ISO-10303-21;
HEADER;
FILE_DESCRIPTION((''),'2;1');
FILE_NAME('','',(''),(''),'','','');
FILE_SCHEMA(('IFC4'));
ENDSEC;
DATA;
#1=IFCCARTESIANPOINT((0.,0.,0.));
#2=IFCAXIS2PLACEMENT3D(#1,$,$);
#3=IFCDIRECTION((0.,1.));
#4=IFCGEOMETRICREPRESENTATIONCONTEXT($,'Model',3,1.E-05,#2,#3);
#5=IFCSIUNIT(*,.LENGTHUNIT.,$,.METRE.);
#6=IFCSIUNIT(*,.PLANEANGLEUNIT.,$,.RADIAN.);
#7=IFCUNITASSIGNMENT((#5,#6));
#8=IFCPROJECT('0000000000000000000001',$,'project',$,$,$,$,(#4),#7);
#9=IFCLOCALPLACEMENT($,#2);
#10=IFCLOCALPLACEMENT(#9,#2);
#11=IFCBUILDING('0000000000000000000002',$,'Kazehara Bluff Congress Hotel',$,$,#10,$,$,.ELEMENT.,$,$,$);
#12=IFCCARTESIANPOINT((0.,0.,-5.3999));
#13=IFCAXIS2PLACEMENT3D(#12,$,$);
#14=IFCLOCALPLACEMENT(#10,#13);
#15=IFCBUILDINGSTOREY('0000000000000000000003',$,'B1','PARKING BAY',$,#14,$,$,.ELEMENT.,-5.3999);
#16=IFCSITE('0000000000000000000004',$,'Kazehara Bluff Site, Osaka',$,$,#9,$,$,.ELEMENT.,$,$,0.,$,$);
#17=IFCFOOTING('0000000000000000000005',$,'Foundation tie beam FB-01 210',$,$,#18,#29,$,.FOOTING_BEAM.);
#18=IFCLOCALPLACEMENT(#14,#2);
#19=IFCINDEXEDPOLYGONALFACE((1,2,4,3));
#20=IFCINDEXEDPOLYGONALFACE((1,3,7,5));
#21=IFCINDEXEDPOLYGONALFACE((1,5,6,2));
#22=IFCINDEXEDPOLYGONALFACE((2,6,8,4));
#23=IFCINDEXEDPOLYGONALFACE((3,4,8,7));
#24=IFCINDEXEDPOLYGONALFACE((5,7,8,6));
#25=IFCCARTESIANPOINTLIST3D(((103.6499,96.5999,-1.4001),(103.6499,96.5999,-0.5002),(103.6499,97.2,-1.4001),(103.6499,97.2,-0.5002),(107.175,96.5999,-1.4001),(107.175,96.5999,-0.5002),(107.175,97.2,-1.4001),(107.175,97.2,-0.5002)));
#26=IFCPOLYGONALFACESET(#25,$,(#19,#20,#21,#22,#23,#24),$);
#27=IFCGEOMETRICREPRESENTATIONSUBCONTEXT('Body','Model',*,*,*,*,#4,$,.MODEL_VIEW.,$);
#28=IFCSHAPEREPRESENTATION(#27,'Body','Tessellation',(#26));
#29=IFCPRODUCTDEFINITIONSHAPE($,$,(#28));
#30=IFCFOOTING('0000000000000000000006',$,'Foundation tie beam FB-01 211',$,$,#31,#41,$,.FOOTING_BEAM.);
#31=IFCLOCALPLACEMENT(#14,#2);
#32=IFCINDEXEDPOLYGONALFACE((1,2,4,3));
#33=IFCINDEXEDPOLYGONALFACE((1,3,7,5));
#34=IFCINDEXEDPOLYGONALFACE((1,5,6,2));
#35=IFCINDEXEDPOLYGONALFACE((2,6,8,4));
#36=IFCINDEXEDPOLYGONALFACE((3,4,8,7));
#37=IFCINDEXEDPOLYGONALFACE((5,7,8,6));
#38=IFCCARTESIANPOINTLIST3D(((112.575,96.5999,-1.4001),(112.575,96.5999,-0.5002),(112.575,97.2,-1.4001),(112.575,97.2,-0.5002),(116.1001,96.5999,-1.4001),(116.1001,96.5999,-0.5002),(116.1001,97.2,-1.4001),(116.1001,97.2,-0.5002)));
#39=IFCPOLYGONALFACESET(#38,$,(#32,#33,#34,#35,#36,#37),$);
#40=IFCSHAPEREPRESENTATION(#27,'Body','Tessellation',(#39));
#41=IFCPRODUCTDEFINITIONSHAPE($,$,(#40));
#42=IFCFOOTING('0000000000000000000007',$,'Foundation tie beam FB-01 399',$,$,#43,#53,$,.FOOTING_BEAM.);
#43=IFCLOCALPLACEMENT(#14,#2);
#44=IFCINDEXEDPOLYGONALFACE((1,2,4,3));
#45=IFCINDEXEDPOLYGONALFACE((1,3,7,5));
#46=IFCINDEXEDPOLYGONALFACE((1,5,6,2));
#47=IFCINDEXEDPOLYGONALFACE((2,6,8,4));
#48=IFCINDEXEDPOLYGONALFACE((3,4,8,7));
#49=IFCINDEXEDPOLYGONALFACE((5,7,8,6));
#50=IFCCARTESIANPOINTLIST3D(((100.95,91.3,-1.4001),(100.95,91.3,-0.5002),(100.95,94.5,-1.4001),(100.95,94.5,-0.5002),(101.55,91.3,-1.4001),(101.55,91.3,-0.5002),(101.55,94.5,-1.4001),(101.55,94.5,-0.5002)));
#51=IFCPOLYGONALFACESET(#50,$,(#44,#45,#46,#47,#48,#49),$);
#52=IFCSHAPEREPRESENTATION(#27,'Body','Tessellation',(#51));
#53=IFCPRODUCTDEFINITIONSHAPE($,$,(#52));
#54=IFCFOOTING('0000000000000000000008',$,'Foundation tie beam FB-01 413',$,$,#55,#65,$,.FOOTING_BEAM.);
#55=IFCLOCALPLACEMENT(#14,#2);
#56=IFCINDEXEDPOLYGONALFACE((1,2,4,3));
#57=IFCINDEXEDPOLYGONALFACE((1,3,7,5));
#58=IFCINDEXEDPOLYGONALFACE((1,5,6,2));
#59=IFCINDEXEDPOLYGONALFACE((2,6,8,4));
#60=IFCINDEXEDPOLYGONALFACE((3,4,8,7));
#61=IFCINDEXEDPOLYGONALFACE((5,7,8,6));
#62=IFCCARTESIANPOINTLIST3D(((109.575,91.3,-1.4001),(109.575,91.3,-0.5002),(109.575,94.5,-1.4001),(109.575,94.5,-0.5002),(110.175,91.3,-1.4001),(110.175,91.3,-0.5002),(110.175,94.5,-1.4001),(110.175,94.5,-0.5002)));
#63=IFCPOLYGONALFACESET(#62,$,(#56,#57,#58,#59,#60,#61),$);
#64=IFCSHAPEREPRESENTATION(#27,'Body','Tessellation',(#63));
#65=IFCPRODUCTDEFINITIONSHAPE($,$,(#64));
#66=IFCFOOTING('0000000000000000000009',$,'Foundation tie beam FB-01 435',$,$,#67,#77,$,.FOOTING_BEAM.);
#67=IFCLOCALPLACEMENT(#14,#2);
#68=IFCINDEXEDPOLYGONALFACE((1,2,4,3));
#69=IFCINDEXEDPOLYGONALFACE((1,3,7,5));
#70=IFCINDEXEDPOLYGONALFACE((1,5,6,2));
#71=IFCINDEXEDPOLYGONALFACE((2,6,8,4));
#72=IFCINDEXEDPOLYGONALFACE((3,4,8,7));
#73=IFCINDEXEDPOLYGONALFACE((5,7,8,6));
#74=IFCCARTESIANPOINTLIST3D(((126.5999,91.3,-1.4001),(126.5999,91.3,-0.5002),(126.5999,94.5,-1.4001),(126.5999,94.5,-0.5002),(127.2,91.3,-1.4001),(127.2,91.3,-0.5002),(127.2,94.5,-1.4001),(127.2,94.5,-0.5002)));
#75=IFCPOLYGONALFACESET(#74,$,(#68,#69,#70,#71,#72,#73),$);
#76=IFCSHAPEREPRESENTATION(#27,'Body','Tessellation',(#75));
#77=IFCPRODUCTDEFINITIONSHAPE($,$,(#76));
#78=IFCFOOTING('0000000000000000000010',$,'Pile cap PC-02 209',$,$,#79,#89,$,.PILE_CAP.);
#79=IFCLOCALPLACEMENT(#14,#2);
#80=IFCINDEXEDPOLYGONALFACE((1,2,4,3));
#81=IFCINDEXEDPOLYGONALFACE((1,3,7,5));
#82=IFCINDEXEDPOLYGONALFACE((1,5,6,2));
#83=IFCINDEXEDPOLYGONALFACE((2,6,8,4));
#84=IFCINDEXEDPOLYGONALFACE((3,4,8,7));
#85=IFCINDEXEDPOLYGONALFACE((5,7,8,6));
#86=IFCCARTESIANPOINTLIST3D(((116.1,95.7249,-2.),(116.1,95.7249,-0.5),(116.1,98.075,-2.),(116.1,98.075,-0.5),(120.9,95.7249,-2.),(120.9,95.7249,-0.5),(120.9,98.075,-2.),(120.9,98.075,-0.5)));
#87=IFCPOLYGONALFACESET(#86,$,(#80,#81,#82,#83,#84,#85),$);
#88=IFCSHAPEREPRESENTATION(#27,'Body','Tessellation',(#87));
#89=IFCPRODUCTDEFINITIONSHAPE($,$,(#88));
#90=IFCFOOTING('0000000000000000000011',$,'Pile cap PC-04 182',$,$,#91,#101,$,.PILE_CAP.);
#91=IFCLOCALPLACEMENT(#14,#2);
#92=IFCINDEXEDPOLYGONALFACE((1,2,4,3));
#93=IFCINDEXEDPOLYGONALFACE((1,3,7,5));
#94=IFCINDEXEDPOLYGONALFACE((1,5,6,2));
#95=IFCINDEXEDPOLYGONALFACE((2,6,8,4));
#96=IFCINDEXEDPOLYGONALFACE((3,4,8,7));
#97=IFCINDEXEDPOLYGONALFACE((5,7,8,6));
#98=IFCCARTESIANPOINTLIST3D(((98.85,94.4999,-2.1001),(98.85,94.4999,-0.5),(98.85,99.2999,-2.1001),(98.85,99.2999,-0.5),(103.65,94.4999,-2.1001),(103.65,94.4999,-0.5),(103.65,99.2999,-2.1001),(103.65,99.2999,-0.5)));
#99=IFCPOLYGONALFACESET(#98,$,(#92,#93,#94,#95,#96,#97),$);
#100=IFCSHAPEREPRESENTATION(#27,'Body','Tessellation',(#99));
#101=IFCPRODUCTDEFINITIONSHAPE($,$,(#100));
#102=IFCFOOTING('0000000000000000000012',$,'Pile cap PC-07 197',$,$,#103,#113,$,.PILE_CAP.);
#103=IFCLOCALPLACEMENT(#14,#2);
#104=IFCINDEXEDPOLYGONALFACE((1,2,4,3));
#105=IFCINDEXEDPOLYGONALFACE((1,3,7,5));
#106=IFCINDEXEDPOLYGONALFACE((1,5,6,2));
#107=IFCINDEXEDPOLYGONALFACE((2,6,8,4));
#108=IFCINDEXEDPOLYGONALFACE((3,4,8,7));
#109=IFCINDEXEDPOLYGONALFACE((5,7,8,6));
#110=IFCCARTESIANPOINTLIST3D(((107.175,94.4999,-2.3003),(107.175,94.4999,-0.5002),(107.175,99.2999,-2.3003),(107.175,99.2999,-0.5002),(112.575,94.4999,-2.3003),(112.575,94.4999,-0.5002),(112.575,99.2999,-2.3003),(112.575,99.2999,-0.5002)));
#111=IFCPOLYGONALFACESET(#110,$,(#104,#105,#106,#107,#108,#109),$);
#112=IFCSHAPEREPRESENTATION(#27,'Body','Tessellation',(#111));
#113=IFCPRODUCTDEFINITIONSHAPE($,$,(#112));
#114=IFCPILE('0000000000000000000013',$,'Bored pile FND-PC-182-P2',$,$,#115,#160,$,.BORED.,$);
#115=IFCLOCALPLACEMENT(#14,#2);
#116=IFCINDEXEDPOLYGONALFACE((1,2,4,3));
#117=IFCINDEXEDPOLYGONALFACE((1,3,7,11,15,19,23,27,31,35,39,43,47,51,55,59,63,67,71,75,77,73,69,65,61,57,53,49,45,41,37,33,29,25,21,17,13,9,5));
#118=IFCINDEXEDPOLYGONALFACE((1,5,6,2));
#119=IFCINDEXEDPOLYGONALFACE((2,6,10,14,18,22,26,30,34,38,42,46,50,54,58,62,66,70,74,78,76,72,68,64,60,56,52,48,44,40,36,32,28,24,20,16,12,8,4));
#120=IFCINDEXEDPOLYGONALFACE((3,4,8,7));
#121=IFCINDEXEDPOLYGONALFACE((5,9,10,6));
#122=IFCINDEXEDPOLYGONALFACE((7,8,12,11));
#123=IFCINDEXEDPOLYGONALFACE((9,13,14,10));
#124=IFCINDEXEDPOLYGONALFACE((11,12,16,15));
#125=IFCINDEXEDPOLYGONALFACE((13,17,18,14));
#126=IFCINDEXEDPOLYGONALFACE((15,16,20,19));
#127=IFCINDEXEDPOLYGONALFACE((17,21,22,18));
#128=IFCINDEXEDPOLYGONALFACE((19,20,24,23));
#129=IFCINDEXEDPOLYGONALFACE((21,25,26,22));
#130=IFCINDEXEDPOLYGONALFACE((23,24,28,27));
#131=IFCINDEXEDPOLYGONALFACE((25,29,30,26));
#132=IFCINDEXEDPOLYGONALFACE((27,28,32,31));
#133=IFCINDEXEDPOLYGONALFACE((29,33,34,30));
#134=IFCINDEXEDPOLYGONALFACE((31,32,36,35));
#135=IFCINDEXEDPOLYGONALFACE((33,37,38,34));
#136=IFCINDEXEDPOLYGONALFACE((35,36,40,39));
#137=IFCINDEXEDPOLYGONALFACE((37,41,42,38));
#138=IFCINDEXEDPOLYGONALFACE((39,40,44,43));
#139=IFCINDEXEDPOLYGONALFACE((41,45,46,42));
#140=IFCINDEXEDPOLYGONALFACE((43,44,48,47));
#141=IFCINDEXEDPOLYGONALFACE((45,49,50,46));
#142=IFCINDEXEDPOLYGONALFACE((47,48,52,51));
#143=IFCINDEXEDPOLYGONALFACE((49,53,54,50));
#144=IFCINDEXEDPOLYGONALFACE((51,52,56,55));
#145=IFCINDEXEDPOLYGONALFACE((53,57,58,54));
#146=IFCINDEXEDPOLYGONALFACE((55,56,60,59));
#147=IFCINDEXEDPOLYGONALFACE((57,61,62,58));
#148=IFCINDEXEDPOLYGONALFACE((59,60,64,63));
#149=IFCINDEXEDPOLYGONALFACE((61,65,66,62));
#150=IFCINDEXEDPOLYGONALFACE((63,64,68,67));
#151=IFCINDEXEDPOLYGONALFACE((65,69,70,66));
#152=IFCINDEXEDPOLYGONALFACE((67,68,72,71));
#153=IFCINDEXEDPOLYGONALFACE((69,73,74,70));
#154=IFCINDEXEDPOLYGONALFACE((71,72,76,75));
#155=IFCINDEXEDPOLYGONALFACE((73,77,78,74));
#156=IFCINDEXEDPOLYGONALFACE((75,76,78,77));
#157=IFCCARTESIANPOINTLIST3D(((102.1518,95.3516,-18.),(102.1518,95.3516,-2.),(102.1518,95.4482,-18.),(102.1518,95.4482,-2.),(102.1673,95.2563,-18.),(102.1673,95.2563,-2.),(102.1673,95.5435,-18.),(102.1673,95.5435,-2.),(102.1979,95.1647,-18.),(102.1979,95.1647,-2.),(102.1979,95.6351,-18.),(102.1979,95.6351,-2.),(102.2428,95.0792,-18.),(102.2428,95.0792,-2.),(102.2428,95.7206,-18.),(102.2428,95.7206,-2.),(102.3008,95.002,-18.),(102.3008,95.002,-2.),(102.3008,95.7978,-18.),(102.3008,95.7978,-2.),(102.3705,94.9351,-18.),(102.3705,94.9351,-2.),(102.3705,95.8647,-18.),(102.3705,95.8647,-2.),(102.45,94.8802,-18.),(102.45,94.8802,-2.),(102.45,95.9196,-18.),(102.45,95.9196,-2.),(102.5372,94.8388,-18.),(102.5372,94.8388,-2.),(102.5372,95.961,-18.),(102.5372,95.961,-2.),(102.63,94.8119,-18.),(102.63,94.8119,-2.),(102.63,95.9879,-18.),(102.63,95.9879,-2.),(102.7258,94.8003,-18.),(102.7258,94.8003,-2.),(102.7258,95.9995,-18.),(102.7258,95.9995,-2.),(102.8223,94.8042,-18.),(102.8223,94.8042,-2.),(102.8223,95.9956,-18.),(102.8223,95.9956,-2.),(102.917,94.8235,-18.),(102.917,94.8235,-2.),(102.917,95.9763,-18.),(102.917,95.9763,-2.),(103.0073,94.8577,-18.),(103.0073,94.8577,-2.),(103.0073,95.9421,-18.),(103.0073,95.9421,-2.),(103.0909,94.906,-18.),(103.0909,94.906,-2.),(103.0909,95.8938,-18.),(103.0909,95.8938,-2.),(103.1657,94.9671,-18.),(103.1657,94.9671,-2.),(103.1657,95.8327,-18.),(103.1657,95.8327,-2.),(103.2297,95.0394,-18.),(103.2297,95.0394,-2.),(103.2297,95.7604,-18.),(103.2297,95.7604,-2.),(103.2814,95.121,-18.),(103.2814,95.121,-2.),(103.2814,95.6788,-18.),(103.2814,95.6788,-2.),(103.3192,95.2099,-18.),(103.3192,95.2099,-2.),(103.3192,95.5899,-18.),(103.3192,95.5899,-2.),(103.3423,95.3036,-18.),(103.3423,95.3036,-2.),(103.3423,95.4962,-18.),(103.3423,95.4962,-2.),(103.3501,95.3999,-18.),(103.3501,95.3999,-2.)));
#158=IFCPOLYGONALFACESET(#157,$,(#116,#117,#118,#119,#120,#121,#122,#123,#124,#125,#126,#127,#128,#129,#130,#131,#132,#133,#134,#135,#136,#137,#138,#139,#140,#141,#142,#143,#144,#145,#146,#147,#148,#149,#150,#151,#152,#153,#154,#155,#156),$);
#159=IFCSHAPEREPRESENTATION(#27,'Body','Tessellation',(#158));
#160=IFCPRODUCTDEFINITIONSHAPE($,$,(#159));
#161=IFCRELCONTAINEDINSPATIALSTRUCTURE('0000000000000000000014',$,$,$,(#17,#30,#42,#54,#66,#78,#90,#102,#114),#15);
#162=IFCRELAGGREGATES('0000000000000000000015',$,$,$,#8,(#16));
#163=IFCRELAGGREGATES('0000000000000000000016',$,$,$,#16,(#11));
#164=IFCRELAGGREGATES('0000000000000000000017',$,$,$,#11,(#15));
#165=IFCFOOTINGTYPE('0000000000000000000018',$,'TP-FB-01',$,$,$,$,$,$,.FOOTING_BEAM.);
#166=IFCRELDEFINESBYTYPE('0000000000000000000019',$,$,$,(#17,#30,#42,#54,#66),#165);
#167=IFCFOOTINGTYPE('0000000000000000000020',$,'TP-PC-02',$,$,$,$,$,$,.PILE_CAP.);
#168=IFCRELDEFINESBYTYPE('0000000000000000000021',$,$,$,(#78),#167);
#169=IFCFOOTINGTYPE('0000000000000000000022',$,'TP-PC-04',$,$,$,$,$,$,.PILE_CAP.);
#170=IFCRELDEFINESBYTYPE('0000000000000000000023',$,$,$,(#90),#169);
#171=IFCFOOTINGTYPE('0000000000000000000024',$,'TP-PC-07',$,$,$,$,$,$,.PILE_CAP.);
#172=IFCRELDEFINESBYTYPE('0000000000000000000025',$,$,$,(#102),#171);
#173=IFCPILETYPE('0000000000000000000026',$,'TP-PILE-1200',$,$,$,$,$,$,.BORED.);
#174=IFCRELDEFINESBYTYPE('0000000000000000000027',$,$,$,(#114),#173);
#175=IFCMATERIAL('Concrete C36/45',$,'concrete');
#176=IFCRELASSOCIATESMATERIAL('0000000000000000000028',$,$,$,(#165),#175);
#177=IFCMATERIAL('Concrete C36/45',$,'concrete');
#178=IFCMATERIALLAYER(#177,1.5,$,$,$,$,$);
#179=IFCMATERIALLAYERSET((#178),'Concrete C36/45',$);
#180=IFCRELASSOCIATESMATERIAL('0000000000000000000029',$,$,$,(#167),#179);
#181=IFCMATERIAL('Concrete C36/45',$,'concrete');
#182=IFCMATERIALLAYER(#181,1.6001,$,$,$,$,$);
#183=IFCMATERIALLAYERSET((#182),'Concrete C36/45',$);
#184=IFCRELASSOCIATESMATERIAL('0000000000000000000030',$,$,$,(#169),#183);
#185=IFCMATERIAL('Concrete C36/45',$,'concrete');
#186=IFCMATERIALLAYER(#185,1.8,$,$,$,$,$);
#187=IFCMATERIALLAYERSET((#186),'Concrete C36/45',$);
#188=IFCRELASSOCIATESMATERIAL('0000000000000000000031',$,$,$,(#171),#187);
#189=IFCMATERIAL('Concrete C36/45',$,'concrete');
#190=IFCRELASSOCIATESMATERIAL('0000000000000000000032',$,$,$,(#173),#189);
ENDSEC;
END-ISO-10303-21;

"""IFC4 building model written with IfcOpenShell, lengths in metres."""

from ifc_helpers import new_model, si_unit, direction, frame, origin, origin_2d, place, context, subcontext, project, spatial, rectangle, circle, extrude, material, layer, layer_set, material_profile, profile_set, type_object, element, save


model = new_model("IFC4")

# Units and contexts
model_context = context("Model", 3, precision=1e-05, world=origin(), true_north=direction((0.0, 1.0)))
body_context = subcontext(model_context, "Body", "Model", "MODEL_VIEW")
ifc_project = project(units=[si_unit("LENGTHUNIT", "METRE"), si_unit("PLANEANGLEUNIT", "RADIAN")], contexts=[model_context])

# Site, building, storey
site_placement = place(None, origin())
site = spatial("IfcSite", under=ifc_project, at=site_placement, Name="Kazehara Bluff Site, Osaka", CompositionType="ELEMENT", RefElevation=0.0)
building_placement = place(site_placement, origin())
building = spatial("IfcBuilding", under=site, at=building_placement, Name="Kazehara Bluff Congress Hotel", CompositionType="ELEMENT")
storey_placement = place(building_placement, frame((0.0, 0.0, -5.3999)))
storey = spatial("IfcBuildingStorey", under=building, at=storey_placement, Name="B1", Description="PARKING BAY", CompositionType="ELEMENT", Elevation=-5.3999)

# Footings
ifc_material_1 = material(Name="Concrete C36/45", Category="concrete")
ifc_material_profile_1 = material_profile(ifc_material_1, rectangle(XDim=0.6001, YDim=0.8999, at=origin_2d()))
ifc_profile_set_1 = profile_set([ifc_material_profile_1], Name="Concrete C36/45")
footing_type_1 = type_object("IfcFootingType", Name="TP-FB-01", PredefinedType="FOOTING_BEAM", material=ifc_profile_set_1)
for number, where, z_axis, x_axis, name in (
    (1, (103.6499, 96.8999, -0.9502), (1.0, 0.0, 0.0), (0.0, 1.0, 0.0), "Foundation tie beam FB-01 210"),
    (2, (112.575, 96.8999, -0.9502), (1.0, 0.0, 0.0), (0.0, 1.0, 0.0), "Foundation tie beam FB-01 211"),
):
    element("IfcFooting", number, at=place(storey_placement, frame(where, z_axis=z_axis, x_axis=x_axis)), inside=storey, type_object=footing_type_1, Name=name, PredefinedType="FOOTING_BEAM", context=body_context, shape_type="SweptSolid", body=[
        extrude(rectangle(XDim=0.6001, YDim=0.8999, at=origin_2d()), origin(), (0.0, 0.0, 1.0), 3.5251),
    ])
for number, where, z_axis, x_axis, name in (
    (3, (101.25, 91.3, -0.9502), (0.0, 1.0, 0.0), (-1.0, 0.0, 0.0), "Foundation tie beam FB-01 399"),
    (4, (109.875, 91.3, -0.9502), (0.0, 1.0, 0.0), (-1.0, 0.0, 0.0), "Foundation tie beam FB-01 413"),
    (5, (126.8999, 91.3, -0.9502), (0.0, 1.0, 0.0), (-1.0, 0.0, 0.0), "Foundation tie beam FB-01 435"),
):
    element("IfcFooting", number, at=place(storey_placement, frame(where, z_axis=z_axis, x_axis=x_axis)), inside=storey, type_object=footing_type_1, Name=name, PredefinedType="FOOTING_BEAM", context=body_context, shape_type="SweptSolid", body=[
        extrude(rectangle(XDim=0.6001, YDim=0.8999, at=origin_2d()), origin(), (0.0, 0.0, 1.0), 3.2),
    ])
ifc_material_2 = material(Name="Concrete C36/45", Category="concrete")
ifc_layer_1 = layer(ifc_material_2, 1.5)
ifc_layer_set_1 = layer_set([ifc_layer_1], Name="Concrete C36/45")
footing_type_2 = type_object("IfcFootingType", Name="TP-PC-02", PredefinedType="PILE_CAP", material=ifc_layer_set_1)
footing_1_placement = place(storey_placement, frame((118.5, 96.8999, -2.0), z_axis=(0.0, 0.0, 1.0), x_axis=(1.0, 0.0, 0.0)))
element("IfcFooting", 6, at=footing_1_placement, inside=storey, type_object=footing_type_2, Name="Pile cap PC-02 209", PredefinedType="PILE_CAP", context=body_context, shape_type="SweptSolid", body=[
    extrude(rectangle(XDim=4.8, YDim=2.3501, at=origin_2d()), origin(), (0.0, 0.0, 1.0), 1.5),
])
ifc_material_3 = material(Name="Concrete C36/45", Category="concrete")
ifc_layer_2 = layer(ifc_material_3, 1.6001)
ifc_layer_set_2 = layer_set([ifc_layer_2], Name="Concrete C36/45")
footing_type_3 = type_object("IfcFootingType", Name="TP-PC-04", PredefinedType="PILE_CAP", material=ifc_layer_set_2)
footing_2_placement = place(storey_placement, frame((101.25, 96.8999, -2.1001), z_axis=(0.0, 0.0, 1.0), x_axis=(1.0, 0.0, 0.0)))
element("IfcFooting", 7, at=footing_2_placement, inside=storey, type_object=footing_type_3, Name="Pile cap PC-04 182", PredefinedType="PILE_CAP", context=body_context, shape_type="SweptSolid", body=[
    extrude(rectangle(XDim=4.8, YDim=4.8, at=origin_2d()), origin(), (0.0, 0.0, 1.0), 1.6001),
])
ifc_material_4 = material(Name="Concrete C36/45", Category="concrete")
ifc_layer_3 = layer(ifc_material_4, 1.8)
ifc_layer_set_3 = layer_set([ifc_layer_3], Name="Concrete C36/45")
footing_type_4 = type_object("IfcFootingType", Name="TP-PC-07", PredefinedType="PILE_CAP", material=ifc_layer_set_3)
footing_3_placement = place(storey_placement, frame((109.875, 96.8999, -2.3003), z_axis=(0.0, 0.0, 1.0), x_axis=(1.0, 0.0, 0.0)))
element("IfcFooting", 8, at=footing_3_placement, inside=storey, type_object=footing_type_4, Name="Pile cap PC-07 197", PredefinedType="PILE_CAP", context=body_context, shape_type="SweptSolid", body=[
    extrude(rectangle(XDim=5.3999, YDim=4.8, at=origin_2d()), origin(), (0.0, 0.0, 1.0), 1.8),
])

# Pile
ifc_material_5 = material(Name="Concrete C36/45", Category="concrete")
ifc_material_profile_2 = material_profile(ifc_material_5, circle(Radius=0.6001, at=origin_2d()))
ifc_profile_set_2 = profile_set([ifc_material_profile_2], Name="Concrete C36/45")
pile_type = type_object("IfcPileType", Name="TP-PILE-1200", PredefinedType="BORED", material=ifc_profile_set_2)
for number, where, z_axis, x_axis, name in (
    (9, (102.75, 95.3999, -2.0), (0.0, 0.0, -1.0), (1.0, 0.0, 0.0), "Bored pile FND-PC-182-P2"),
):
    element("IfcPile", number, at=place(storey_placement, frame(where, z_axis=z_axis, x_axis=x_axis)), inside=storey, type_object=pile_type, Name=name, PredefinedType="BORED", context=body_context, shape_type="SweptSolid", body=[
        extrude(circle(Radius=0.6001, at=origin_2d()), origin(), (0.0, 0.0, 1.0), 16.0),
    ])

save(model, "model.ifc")
